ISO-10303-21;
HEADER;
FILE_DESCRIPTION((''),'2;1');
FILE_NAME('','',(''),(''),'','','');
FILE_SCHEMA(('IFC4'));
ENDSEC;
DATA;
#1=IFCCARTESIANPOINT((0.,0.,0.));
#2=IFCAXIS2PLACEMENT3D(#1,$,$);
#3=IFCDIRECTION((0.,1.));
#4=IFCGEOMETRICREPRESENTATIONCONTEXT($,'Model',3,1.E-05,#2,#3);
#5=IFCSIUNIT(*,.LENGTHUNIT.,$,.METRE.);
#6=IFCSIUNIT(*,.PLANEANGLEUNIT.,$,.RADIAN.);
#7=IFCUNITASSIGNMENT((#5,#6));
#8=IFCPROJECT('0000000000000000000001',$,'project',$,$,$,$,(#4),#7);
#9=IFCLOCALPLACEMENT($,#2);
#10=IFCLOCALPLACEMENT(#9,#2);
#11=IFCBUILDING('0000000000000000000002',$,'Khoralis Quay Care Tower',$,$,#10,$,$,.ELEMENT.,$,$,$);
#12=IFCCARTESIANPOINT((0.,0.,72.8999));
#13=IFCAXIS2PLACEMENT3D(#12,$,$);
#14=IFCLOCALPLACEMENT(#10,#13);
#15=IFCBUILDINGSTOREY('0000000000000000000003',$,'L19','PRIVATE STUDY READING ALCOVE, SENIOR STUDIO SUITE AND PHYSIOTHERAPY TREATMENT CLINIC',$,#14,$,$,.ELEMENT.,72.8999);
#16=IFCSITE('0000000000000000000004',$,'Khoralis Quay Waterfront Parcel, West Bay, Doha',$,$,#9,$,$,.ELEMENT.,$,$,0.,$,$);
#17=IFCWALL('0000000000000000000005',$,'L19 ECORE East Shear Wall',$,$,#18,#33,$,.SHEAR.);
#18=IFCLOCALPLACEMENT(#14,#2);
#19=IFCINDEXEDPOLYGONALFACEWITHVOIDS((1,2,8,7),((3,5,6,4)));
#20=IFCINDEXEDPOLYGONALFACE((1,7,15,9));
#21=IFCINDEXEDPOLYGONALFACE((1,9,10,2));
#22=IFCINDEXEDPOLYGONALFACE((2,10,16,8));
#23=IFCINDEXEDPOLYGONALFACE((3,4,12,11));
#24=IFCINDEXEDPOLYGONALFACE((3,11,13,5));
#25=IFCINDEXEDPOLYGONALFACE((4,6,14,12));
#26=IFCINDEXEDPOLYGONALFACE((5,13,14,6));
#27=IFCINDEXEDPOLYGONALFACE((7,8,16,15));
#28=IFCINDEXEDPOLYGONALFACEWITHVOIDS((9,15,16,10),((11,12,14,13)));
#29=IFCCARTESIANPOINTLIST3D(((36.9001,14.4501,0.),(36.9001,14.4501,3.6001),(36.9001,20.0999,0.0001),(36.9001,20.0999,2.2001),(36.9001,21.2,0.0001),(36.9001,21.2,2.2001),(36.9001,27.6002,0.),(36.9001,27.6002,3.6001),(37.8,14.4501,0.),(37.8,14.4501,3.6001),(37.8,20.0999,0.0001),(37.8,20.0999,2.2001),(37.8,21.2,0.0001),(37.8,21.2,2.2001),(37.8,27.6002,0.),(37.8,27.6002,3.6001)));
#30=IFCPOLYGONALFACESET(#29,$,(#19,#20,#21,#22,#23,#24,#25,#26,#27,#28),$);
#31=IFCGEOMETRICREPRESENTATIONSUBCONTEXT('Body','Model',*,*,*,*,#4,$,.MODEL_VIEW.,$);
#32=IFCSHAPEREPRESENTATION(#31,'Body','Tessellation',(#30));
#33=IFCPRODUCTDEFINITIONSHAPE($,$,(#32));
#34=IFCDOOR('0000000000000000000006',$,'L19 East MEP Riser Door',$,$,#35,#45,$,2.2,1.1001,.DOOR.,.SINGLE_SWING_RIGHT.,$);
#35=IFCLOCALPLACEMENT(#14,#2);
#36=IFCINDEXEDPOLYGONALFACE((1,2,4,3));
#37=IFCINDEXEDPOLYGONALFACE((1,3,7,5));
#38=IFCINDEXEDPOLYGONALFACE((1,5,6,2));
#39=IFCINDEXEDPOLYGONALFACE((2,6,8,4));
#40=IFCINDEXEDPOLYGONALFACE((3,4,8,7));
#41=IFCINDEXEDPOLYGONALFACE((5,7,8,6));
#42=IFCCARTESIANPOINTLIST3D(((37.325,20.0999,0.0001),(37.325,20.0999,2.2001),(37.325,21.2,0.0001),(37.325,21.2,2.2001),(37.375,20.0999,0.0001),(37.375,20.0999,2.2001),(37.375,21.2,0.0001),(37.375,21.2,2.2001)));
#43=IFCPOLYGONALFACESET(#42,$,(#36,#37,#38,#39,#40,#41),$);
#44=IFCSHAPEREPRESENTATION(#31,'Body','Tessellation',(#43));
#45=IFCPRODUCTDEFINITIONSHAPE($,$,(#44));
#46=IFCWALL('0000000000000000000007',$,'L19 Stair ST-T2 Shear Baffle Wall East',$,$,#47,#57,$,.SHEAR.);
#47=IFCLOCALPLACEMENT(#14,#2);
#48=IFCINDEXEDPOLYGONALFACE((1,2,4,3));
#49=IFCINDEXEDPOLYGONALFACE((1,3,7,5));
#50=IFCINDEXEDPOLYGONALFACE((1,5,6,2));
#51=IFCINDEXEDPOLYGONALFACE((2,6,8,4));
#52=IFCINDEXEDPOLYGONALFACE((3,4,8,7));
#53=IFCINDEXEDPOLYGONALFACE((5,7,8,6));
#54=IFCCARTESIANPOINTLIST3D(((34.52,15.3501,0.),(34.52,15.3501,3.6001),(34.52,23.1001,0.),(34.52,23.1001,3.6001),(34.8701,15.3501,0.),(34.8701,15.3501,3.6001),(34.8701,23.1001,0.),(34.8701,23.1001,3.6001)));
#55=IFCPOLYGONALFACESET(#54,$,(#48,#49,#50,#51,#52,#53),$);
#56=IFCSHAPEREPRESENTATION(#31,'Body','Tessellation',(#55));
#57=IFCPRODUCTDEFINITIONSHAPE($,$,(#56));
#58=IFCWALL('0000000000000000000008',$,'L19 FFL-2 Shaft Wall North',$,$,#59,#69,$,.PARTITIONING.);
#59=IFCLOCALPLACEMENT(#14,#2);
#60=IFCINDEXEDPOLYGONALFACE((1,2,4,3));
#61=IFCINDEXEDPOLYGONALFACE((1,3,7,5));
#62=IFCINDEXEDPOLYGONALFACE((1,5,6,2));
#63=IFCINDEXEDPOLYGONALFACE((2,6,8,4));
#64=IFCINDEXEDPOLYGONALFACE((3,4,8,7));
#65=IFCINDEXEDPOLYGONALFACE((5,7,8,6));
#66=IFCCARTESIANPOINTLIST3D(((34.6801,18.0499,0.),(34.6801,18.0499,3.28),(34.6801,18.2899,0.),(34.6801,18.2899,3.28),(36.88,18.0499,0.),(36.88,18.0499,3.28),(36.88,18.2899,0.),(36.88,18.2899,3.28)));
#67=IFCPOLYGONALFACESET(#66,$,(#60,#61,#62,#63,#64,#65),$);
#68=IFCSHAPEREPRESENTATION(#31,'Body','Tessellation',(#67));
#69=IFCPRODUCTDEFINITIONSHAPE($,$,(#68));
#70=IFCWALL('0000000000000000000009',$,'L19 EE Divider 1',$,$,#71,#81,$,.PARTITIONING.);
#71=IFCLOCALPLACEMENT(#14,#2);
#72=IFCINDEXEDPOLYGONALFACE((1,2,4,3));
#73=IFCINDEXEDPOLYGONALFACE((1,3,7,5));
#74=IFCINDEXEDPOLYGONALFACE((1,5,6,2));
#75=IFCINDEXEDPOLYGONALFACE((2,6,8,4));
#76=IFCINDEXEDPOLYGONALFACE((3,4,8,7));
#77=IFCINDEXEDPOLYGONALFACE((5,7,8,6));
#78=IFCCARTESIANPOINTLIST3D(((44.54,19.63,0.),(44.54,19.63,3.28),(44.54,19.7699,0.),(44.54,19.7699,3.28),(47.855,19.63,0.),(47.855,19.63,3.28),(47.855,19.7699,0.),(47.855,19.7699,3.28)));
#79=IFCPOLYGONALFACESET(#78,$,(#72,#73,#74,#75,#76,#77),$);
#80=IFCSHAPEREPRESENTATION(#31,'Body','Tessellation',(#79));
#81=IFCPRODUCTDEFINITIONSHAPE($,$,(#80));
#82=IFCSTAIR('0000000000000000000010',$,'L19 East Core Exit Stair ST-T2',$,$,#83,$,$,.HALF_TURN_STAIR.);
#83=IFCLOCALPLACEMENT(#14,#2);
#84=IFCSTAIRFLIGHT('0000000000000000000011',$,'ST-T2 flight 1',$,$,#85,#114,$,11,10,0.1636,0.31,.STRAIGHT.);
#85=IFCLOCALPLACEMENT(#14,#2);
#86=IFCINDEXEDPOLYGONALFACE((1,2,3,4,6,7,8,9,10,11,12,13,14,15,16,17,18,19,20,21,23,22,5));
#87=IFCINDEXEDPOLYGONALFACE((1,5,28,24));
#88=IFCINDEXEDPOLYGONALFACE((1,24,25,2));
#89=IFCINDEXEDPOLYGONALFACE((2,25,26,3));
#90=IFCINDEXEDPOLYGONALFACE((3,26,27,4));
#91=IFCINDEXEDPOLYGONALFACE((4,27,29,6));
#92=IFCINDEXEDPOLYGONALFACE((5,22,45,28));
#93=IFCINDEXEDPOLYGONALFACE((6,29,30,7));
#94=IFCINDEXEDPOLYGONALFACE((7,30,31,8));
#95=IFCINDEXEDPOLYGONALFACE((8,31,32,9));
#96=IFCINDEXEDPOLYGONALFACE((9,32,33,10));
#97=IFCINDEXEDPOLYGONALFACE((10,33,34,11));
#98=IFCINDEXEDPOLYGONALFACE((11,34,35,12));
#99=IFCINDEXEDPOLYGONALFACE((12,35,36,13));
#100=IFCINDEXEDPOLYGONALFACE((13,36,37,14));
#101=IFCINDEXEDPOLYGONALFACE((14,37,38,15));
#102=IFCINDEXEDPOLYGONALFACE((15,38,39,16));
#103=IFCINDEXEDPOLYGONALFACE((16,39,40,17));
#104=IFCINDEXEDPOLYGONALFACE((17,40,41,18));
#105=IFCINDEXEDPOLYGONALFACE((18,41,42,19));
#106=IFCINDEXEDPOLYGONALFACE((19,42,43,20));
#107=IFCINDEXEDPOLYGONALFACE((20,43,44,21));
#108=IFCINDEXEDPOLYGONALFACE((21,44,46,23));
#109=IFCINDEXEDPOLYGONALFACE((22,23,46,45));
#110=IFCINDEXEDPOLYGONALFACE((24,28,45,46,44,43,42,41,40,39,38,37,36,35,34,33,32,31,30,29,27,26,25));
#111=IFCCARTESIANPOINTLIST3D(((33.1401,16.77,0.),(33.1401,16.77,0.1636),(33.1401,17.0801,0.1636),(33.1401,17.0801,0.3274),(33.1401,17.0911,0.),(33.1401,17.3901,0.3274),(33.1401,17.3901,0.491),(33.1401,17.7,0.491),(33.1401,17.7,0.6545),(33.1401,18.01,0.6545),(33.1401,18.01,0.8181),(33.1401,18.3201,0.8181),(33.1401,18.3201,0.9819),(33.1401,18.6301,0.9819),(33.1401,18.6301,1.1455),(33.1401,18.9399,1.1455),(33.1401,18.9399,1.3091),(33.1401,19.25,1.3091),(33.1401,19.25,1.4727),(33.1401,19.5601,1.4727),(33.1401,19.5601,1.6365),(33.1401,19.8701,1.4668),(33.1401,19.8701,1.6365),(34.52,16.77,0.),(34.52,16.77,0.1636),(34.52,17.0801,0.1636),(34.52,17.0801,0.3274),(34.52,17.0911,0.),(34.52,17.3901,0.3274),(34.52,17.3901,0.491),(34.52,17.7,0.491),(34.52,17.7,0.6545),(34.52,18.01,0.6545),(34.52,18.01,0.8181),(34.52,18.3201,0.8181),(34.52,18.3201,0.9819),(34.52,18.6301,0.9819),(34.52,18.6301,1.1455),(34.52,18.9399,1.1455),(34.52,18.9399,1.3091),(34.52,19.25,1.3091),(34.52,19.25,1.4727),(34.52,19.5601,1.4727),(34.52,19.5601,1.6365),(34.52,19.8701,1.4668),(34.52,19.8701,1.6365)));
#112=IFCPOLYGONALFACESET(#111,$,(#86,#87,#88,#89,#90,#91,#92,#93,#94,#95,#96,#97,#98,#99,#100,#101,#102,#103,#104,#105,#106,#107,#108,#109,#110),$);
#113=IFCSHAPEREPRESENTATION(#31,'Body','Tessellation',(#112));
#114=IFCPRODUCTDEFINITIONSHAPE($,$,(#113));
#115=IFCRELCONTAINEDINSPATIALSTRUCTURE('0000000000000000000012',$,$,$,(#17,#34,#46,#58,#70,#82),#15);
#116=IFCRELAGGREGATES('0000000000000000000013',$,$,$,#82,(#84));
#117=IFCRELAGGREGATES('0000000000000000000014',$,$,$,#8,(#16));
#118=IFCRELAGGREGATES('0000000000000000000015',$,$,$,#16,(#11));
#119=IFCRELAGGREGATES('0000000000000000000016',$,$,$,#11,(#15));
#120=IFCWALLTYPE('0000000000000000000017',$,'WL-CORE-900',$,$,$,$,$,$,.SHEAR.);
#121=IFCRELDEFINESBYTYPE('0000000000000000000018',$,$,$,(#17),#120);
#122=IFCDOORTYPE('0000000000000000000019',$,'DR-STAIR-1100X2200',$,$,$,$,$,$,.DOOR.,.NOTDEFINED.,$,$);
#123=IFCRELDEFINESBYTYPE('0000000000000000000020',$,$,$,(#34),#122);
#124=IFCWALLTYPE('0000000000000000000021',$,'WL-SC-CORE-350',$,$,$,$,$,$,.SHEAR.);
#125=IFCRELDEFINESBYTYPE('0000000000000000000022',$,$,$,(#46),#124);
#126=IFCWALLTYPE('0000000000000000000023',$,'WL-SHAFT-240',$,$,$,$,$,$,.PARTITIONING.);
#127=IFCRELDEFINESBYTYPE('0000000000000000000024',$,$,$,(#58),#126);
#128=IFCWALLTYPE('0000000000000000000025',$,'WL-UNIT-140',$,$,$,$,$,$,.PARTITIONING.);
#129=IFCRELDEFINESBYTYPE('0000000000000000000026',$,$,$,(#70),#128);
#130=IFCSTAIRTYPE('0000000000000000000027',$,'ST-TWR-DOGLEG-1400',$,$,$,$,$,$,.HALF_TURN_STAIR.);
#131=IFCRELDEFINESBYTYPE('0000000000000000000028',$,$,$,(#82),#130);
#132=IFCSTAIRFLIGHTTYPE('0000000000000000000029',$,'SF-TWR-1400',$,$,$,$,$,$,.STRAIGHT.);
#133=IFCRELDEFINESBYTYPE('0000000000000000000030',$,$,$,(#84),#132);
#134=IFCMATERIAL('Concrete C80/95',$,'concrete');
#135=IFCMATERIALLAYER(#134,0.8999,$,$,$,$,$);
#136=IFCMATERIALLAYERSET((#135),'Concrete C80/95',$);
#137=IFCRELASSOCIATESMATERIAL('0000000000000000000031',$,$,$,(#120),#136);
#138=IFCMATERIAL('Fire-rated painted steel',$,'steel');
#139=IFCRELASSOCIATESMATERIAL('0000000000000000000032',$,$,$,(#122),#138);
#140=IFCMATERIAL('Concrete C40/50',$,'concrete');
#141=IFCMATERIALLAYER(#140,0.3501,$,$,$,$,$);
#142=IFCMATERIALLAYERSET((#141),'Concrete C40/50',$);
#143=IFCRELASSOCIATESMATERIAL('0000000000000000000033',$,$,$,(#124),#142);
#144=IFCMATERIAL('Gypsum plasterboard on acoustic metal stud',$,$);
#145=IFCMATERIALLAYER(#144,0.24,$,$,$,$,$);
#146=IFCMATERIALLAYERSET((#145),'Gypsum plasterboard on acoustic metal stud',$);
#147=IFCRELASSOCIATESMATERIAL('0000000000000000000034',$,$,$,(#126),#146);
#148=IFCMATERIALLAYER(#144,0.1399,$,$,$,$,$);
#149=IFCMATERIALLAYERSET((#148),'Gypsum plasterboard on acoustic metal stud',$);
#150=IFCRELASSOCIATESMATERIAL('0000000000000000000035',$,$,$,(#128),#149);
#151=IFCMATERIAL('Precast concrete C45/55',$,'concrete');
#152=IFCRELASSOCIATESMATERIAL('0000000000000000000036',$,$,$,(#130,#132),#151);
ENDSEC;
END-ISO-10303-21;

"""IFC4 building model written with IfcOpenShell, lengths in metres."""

from ifc_helpers import new_model, si_unit, direction, frame, frame_2d, origin, place, context, subcontext, project, spatial, polyline, rectangle, outline, extrude, source, transform, mapped, material, layer, layer_set, type_object, element, fill, aggregate, save


model = new_model("IFC4")

# Units and contexts
model_context = context("Model", 3, precision=1e-05, world=origin(), true_north=direction((0.0, 1.0)))
body_context = subcontext(model_context, "Body", "Model", "MODEL_VIEW")
ifc_project = project(units=[si_unit("LENGTHUNIT", "METRE"), si_unit("PLANEANGLEUNIT", "RADIAN")], contexts=[model_context])

# Site, building, storey
site_placement = place(None, origin())
site = spatial("IfcSite", under=ifc_project, at=site_placement, Name="Khoralis Quay Waterfront Parcel, West Bay, Doha", CompositionType="ELEMENT", RefElevation=0.0)
building_placement = place(site_placement, origin())
building = spatial("IfcBuilding", under=site, at=building_placement, Name="Khoralis Quay Care Tower", CompositionType="ELEMENT")
storey_placement = place(building_placement, frame((0.0, 0.0, 72.8999)))
storey = spatial("IfcBuildingStorey", under=building, at=storey_placement, Name="L19", Description="PRIVATE STUDY READING ALCOVE, SENIOR STUDIO SUITE AND PHYSIOTHERAPY TREATMENT CLINIC", CompositionType="ELEMENT", Elevation=72.8999)

# Shared definitions
ifc_material_1 = material(Name="Concrete C80/95", Category="concrete")

# Wall, opening, door
ifc_layer_1 = layer(ifc_material_1, 0.8999)
ifc_layer_set_1 = layer_set([ifc_layer_1], Name="Concrete C80/95")
wall_type_1 = type_object("IfcWallType", Name="WL-CORE-900", PredefinedType="SHEAR", material=ifc_layer_set_1)
wall_1_placement = place(storey_placement, frame((37.3501, 14.45, 0.0), z_axis=(0.0, 0.0, 1.0), x_axis=(0.0, 1.0, 0.0)))
wall_1 = element("IfcWall", 1, at=wall_1_placement, inside=storey, type_object=wall_type_1, Name="L19 ECORE East Shear Wall", PredefinedType="SHEAR", context=body_context, shape_type="SweptSolid", body=[
    extrude(rectangle(XDim=13.1501, YDim=0.8999, at=frame_2d((6.5752, 0.0))), origin(), (0.0, 0.0, 1.0), 3.6001),
])
opening_placement = place(wall_1_placement, frame((5.6499, 0.0, 0.0)))
opening = element("IfcOpeningElement", 2, at=opening_placement, cuts=wall_1, PredefinedType="OPENING", context=body_context, shape_type="SweptSolid", body=[
    extrude(rectangle(XDim=1.1001, YDim=2.2, at=frame_2d((0.55, 1.1001))), frame((0.0, 0.46, 0.0), z_axis=(0.0, -1.0, 0.0), x_axis=(1.0, 0.0, 0.0)), (0.0, 0.0, 1.0), 0.9199),
])
ifc_material_2 = material(Name="Fire-rated painted steel", Category="steel")
door_type = type_object("IfcDoorType", Name="DR-STAIR-1100X2200", OperationType="NOTDEFINED", PredefinedType="DOOR", material=ifc_material_2)
shared_shape_1 = source(origin(), body_context, "Body", "SweptSolid", [
    extrude(rectangle(XDim=1.1001, YDim=2.2, at=frame_2d((0.55, 1.1001))), frame((0.0, 0.0249, 0.0), z_axis=(0.0, -1.0, 0.0), x_axis=(1.0, 0.0, 0.0)), (0.0, 0.0, 1.0), 0.05),
])
door_placement = place(opening_placement, frame((1.1001, 0.0, 0.0), z_axis=(0.0, 0.0, 1.0), x_axis=(-1.0, 0.0, 0.0)))
door = element("IfcDoor", 3, at=door_placement, inside=storey, type_object=door_type, Name="L19 East MEP Riser Door", OperationType="SINGLE_SWING_RIGHT", OverallHeight=2.2, OverallWidth=1.1001, PredefinedType="DOOR", context=body_context, shape_type="MappedRepresentation", body=[
    mapped(shared_shape_1, transform((0.0, 0.0, 0.0), scale=1.0)),
])
fill(opening, door)

# Walls
ifc_material_3 = material(Name="Concrete C40/50", Category="concrete")
ifc_layer_2 = layer(ifc_material_3, 0.3501)
ifc_layer_set_2 = layer_set([ifc_layer_2], Name="Concrete C40/50")
wall_type_2 = type_object("IfcWallType", Name="WL-SC-CORE-350", PredefinedType="SHEAR", material=ifc_layer_set_2)
wall_2_placement = place(storey_placement, frame((34.6951, 15.3501, 0.0), z_axis=(0.0, 0.0, 1.0), x_axis=(0.0, 1.0, 0.0)))
element("IfcWall", 4, at=wall_2_placement, inside=storey, type_object=wall_type_2, Name="L19 Stair ST-T2 Shear Baffle Wall East", PredefinedType="SHEAR", context=body_context, shape_type="SweptSolid", body=[
    extrude(rectangle(XDim=7.75, YDim=0.3501, at=frame_2d((3.875, 0.0))), origin(), (0.0, 0.0, 1.0), 3.6001),
])
ifc_material_4 = material(Name="Gypsum plasterboard on acoustic metal stud")
ifc_layer_3 = layer(ifc_material_4, 0.24)
ifc_layer_set_3 = layer_set([ifc_layer_3], Name="Gypsum plasterboard on acoustic metal stud")
wall_type_3 = type_object("IfcWallType", Name="WL-SHAFT-240", PredefinedType="PARTITIONING", material=ifc_layer_set_3)
wall_3_placement = place(storey_placement, frame((34.6799, 18.1699, 0.0), z_axis=(0.0, 0.0, 1.0), x_axis=(1.0, 0.0, 0.0)))
element("IfcWall", 5, at=wall_3_placement, inside=storey, type_object=wall_type_3, Name="L19 FFL-2 Shaft Wall North", PredefinedType="PARTITIONING", context=body_context, shape_type="SweptSolid", body=[
    extrude(rectangle(XDim=2.2, YDim=0.24, at=frame_2d((1.1001, 0.0))), origin(), (0.0, 0.0, 1.0), 3.28),
])
ifc_layer_4 = layer(ifc_material_4, 0.1399)
ifc_layer_set_4 = layer_set([ifc_layer_4], Name="Gypsum plasterboard on acoustic metal stud")
wall_type_4 = type_object("IfcWallType", Name="WL-UNIT-140", PredefinedType="PARTITIONING", material=ifc_layer_set_4)
wall_4_placement = place(storey_placement, frame((44.54, 19.7, 0.0), z_axis=(0.0, 0.0, 1.0), x_axis=(1.0, 0.0, 0.0)))
element("IfcWall", 6, at=wall_4_placement, inside=storey, type_object=wall_type_4, Name="L19 EE Divider 1", PredefinedType="PARTITIONING", context=body_context, shape_type="SweptSolid", body=[
    extrude(rectangle(XDim=3.3149, YDim=0.1399, at=frame_2d((1.6575, 0.0))), origin(), (0.0, 0.0, 1.0), 3.28),
])

# Stair, stair flight
ifc_material_5 = material(Name="Precast concrete C45/55", Category="concrete")
stair_type = type_object("IfcStairType", Name="ST-TWR-DOGLEG-1400", PredefinedType="HALF_TURN_STAIR", material=ifc_material_5)
stair_placement = place(storey_placement, origin())
stair = element("IfcStair", 7, at=stair_placement, inside=storey, type_object=stair_type, Name="L19 East Core Exit Stair ST-T2", PredefinedType="HALF_TURN_STAIR")
stair_flight_type = type_object("IfcStairFlightType", Name="SF-TWR-1400", PredefinedType="STRAIGHT", material=ifc_material_5)
shared_shape_2 = source(origin(), body_context, "Body", "SweptSolid", [
    extrude(outline(polyline([(0.0, 0.0), (0.0, 0.1636), (0.3101, 0.1636), (0.3101, 0.3274), (0.6201, 0.3274), (0.6201, 0.491), (0.9299, 0.491), (0.9299, 0.6545), (1.24, 0.6545), (1.24, 0.8181), (1.55, 0.8181), (1.55, 0.9819), (1.8601, 0.9819), (1.8601, 1.1455), (2.1699, 1.1455), (2.1699, 1.3091), (2.48, 1.3091), (2.48, 1.4727), (2.79, 1.4727), (2.79, 1.6365), (3.1001, 1.6365), (3.1001, 1.8), (3.1001, 1.4668), (0.321, 0.0), (0.0, 0.0)])), frame((0.0, 0.6899, 0.0), z_axis=(0.0, -1.0, 0.0), x_axis=(1.0, 0.0, 0.0)), (0.0, 0.0, 1.0), 1.3799),
])
stair_flight_placement = place(storey_placement, frame((33.8301, 16.77, 0.0), z_axis=(0.0, 0.0, 1.0), x_axis=(0.0, 1.0, 0.0)))
stair_flight = element("IfcStairFlight", 8, at=stair_flight_placement, type_object=stair_flight_type, Name="ST-T2 flight 1", NumberOfRisers=11, NumberOfTreads=10, PredefinedType="STRAIGHT", RiserHeight=0.1636, TreadLength=0.31, context=body_context, shape_type="MappedRepresentation", body=[
    mapped(shared_shape_2, transform((0.0, 0.0, 0.0), scale=1.0)),
])
aggregate(stair, [stair_flight])

save(model, "model.ifc")
